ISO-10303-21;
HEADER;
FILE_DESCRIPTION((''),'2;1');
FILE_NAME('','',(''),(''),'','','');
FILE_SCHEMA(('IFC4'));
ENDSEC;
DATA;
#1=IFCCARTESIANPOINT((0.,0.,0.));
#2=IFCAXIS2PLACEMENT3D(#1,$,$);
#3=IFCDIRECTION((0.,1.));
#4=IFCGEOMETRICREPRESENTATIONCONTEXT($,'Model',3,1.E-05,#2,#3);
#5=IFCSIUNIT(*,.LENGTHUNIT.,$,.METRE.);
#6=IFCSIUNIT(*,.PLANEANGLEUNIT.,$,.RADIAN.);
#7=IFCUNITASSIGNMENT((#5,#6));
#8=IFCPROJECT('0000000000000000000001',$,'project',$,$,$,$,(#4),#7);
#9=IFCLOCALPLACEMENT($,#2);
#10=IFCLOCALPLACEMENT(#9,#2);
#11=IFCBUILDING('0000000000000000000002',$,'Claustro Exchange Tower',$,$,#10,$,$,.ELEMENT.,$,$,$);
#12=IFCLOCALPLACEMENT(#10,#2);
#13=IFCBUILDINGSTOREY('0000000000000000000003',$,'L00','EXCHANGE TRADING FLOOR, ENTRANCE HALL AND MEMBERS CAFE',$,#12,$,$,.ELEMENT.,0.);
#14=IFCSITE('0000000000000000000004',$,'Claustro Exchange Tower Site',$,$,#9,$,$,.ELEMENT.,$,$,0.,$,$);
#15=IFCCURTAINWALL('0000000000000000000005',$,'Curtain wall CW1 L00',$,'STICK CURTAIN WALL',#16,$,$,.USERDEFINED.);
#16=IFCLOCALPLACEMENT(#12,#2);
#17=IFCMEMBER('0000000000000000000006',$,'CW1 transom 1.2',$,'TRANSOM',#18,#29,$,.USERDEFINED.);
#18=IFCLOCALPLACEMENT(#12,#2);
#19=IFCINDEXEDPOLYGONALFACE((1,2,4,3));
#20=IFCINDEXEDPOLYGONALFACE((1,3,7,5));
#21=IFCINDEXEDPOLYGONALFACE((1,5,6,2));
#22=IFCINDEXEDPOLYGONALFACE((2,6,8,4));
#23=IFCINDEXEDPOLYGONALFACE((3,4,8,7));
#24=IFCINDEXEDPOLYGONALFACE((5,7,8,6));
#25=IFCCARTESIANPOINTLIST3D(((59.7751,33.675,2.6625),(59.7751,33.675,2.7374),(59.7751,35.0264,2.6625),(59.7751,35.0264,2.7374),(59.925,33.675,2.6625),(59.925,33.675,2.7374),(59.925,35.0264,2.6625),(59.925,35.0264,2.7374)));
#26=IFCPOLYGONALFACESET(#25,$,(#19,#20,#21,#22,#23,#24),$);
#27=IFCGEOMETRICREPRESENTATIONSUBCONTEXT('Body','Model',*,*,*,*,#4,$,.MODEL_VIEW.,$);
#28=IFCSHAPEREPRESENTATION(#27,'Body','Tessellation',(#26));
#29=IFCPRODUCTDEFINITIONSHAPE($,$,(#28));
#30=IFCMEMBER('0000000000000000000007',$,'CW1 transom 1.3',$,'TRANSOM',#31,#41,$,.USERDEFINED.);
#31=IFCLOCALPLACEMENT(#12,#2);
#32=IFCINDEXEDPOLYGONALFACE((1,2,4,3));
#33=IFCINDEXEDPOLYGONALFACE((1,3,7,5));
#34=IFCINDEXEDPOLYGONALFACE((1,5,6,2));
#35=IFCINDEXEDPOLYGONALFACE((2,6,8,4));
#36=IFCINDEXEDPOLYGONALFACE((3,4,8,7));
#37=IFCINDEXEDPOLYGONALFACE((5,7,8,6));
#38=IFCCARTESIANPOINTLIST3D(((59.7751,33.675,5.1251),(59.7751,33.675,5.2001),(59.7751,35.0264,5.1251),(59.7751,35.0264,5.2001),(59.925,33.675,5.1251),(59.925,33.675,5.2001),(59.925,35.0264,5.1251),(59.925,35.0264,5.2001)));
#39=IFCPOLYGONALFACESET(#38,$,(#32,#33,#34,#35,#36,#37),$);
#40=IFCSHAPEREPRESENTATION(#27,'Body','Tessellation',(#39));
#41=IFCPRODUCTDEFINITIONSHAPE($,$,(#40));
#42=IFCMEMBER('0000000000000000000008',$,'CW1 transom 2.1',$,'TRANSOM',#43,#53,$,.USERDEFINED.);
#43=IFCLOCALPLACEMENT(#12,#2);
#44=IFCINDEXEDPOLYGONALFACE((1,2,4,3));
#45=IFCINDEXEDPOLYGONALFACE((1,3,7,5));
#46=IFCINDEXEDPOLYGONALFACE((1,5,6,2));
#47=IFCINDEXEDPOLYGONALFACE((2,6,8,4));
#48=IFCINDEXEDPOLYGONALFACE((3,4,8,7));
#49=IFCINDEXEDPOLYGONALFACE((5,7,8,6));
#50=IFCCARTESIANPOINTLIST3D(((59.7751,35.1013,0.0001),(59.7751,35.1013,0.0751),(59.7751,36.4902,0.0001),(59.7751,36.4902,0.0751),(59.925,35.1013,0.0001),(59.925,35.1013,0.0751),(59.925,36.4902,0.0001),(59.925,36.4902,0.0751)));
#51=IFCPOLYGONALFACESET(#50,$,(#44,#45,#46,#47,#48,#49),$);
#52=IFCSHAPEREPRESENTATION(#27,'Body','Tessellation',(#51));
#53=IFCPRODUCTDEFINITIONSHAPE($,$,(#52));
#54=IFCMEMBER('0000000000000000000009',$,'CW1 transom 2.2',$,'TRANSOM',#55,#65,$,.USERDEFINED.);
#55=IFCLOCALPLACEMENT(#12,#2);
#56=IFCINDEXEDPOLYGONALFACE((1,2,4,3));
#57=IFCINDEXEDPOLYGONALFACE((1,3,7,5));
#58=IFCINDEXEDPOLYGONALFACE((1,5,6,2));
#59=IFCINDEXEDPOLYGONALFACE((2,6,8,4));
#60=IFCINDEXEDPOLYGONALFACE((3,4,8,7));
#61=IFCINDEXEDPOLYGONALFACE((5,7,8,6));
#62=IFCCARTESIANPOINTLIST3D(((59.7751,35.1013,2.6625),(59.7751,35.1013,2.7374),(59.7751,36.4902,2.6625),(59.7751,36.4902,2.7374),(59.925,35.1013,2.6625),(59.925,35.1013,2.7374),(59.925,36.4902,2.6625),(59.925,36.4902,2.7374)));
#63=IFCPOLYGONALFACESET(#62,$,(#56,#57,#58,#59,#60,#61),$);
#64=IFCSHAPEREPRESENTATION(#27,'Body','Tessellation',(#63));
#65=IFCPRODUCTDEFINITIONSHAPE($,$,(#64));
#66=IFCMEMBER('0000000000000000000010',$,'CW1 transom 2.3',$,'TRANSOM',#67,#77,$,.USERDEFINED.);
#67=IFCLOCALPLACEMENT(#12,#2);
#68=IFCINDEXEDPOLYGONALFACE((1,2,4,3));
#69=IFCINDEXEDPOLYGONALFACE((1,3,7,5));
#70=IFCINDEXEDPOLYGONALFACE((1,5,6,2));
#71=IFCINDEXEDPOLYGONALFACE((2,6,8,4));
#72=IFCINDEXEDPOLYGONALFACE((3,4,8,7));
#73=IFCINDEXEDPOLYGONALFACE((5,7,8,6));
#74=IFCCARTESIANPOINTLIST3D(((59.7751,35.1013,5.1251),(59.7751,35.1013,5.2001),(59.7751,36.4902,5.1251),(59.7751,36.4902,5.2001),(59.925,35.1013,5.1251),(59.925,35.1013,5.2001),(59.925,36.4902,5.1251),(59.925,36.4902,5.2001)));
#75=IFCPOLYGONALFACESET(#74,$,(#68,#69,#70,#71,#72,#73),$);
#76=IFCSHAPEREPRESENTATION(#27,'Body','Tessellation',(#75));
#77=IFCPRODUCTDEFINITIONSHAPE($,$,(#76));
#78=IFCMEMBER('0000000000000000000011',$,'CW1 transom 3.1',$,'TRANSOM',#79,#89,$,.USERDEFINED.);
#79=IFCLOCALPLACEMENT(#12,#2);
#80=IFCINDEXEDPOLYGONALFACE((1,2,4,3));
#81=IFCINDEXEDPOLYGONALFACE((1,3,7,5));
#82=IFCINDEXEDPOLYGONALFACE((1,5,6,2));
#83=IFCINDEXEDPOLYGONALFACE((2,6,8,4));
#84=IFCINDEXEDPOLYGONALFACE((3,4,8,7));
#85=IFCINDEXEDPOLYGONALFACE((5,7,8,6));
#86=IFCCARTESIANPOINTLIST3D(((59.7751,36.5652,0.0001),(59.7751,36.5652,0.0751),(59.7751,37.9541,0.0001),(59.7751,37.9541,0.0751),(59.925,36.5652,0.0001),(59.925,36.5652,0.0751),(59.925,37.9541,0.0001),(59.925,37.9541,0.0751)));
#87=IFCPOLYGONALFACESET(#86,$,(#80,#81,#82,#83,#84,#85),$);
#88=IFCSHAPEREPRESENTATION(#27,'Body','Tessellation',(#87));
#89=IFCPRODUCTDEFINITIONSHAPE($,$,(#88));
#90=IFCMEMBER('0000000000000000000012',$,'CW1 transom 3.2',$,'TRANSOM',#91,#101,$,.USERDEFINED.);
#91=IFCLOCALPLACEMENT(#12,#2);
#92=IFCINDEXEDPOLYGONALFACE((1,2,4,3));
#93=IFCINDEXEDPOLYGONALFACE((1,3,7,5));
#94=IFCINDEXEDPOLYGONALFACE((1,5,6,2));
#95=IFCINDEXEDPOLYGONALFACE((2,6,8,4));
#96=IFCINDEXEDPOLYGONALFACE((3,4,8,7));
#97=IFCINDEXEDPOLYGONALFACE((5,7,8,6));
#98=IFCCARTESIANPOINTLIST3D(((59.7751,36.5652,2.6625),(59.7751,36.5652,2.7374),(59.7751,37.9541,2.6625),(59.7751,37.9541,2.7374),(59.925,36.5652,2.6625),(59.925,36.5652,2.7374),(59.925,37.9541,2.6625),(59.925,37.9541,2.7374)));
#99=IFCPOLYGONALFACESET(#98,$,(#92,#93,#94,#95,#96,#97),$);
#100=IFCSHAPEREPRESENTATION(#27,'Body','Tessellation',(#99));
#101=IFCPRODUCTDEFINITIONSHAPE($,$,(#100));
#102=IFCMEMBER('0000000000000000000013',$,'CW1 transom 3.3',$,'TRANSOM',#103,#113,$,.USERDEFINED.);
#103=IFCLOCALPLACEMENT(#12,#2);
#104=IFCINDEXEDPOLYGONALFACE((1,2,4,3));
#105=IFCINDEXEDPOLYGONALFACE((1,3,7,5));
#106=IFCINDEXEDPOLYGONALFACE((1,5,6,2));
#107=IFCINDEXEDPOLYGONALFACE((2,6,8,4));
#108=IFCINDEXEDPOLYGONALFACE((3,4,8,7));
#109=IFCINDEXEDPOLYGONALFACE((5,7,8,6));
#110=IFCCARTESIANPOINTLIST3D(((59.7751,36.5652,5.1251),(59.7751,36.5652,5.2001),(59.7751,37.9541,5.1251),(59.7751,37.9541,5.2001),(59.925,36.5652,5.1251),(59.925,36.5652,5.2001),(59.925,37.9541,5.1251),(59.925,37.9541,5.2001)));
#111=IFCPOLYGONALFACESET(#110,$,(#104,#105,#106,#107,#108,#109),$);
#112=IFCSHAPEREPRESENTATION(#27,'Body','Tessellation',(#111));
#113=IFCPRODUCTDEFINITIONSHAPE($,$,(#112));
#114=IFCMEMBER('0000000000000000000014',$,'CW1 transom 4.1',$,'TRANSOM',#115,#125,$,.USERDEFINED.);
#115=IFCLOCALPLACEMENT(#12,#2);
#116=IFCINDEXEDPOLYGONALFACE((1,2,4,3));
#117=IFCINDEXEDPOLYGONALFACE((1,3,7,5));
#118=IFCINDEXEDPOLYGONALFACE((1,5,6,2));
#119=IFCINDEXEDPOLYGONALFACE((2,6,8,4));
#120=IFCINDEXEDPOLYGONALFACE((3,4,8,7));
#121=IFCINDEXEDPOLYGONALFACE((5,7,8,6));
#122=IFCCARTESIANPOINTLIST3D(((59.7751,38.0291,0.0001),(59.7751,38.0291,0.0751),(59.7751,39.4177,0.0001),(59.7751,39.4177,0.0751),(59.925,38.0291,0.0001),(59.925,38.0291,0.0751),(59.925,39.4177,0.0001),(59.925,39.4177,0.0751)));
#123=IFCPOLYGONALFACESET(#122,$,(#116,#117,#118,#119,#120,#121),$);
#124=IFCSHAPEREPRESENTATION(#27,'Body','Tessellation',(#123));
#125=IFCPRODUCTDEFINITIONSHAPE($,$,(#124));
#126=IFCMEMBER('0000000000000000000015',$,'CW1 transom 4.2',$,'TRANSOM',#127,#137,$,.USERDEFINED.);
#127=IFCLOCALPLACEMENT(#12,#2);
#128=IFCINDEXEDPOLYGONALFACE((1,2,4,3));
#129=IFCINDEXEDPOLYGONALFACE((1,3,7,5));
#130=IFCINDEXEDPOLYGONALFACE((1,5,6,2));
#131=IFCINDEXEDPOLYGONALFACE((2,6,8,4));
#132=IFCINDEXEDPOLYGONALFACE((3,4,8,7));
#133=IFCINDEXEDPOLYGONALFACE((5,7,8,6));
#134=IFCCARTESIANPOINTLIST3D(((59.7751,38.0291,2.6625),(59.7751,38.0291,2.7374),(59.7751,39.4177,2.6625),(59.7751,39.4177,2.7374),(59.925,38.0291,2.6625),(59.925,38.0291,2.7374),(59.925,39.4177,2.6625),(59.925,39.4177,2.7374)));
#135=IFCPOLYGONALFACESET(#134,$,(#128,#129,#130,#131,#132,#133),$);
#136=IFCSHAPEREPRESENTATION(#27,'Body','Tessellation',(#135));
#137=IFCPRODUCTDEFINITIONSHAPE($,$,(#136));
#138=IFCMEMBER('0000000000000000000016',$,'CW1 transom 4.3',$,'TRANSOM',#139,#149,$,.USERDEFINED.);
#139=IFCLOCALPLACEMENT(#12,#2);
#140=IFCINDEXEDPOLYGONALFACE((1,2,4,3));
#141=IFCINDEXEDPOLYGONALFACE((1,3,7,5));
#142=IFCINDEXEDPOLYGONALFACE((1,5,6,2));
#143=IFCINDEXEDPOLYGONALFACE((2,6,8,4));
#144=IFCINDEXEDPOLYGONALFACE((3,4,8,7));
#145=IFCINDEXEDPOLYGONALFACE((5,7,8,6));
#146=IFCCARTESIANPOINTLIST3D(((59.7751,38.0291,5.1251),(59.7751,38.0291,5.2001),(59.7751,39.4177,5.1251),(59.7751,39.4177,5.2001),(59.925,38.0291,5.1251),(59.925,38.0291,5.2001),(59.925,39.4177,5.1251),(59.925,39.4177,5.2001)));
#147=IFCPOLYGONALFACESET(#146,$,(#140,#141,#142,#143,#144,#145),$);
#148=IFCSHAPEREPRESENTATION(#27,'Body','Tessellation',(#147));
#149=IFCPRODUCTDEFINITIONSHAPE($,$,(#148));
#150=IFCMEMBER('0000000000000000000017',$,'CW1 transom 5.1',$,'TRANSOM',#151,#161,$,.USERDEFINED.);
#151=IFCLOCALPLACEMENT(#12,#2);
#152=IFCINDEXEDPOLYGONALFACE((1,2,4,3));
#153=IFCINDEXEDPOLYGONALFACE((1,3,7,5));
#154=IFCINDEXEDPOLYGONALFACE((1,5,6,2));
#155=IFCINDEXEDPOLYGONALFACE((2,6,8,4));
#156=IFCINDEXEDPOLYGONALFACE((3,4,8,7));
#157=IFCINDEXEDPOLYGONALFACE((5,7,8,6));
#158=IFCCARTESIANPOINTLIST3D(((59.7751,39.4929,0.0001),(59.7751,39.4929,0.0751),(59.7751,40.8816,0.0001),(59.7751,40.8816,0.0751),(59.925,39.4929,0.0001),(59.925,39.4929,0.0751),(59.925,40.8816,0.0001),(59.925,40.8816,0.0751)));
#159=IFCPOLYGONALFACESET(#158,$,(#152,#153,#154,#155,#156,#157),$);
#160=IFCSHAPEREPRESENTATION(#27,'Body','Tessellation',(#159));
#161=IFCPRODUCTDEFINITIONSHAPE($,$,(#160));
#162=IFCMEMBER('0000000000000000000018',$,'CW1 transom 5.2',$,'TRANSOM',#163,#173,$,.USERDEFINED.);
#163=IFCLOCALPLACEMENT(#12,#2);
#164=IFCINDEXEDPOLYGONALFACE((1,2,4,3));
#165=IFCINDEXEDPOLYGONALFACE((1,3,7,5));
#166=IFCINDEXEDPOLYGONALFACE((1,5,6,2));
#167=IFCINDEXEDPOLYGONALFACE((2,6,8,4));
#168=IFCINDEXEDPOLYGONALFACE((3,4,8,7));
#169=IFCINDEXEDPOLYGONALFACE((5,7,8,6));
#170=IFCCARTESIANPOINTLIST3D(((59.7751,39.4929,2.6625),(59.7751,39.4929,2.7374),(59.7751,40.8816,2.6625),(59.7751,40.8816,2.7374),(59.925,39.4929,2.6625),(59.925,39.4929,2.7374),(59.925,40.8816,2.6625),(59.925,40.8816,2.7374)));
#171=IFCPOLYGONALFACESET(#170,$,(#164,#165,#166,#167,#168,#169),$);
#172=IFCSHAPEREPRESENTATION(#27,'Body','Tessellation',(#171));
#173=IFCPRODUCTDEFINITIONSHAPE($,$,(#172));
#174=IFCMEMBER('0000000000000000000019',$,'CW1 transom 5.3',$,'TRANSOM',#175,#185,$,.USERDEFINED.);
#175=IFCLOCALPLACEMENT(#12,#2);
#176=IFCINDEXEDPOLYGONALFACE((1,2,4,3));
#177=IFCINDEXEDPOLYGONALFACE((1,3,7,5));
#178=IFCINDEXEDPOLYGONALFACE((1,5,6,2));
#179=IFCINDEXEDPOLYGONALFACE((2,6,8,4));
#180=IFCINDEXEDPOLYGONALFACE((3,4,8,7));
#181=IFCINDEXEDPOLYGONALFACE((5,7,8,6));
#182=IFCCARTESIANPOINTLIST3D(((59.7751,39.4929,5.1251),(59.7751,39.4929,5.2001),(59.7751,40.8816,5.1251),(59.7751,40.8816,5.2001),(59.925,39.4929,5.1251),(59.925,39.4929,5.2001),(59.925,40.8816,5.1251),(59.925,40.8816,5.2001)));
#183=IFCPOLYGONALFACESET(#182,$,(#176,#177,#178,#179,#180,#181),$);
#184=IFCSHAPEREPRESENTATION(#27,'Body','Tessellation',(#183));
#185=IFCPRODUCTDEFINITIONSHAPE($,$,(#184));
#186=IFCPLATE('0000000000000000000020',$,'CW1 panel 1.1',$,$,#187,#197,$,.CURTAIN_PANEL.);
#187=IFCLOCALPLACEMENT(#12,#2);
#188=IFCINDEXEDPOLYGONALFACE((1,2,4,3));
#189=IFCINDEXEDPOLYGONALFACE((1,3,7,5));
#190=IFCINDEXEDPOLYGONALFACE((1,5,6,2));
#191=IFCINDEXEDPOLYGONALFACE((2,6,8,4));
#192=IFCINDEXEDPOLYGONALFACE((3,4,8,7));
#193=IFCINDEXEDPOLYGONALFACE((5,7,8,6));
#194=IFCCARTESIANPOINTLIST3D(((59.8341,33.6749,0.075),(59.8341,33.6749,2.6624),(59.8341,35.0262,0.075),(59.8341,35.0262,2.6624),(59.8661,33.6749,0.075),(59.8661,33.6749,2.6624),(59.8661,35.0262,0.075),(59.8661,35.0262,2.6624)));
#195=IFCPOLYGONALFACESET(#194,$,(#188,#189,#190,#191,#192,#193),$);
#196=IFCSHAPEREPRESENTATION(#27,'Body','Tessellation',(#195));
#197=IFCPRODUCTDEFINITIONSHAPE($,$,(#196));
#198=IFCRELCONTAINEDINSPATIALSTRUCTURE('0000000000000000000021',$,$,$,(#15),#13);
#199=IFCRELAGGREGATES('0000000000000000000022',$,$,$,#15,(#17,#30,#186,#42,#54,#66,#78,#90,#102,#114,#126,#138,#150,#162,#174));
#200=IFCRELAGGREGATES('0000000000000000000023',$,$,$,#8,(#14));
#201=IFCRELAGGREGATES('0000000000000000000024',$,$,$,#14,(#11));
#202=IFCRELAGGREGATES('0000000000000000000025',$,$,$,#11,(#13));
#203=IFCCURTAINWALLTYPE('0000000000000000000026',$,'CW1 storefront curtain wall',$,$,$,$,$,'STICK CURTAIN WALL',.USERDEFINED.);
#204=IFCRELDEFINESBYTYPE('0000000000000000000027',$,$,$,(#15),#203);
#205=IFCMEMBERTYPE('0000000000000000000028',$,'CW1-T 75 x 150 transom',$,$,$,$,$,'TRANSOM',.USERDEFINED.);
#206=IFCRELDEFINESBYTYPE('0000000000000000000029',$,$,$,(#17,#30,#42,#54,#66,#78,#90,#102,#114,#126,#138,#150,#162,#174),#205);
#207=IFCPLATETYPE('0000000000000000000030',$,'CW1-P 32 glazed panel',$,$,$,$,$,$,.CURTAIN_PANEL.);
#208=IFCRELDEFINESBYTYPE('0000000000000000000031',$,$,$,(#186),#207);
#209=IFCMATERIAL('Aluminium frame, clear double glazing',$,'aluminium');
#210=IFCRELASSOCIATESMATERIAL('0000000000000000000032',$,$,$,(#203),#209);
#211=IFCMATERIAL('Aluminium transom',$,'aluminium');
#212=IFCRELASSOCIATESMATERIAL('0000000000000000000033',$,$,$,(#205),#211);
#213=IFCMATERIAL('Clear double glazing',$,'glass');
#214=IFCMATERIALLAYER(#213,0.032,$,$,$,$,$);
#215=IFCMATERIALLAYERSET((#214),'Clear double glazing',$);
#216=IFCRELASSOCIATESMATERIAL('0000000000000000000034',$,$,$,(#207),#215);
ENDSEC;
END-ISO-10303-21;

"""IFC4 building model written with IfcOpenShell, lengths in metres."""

from ifc_helpers import new_model, si_unit, direction, frame, origin, origin_2d, place, context, subcontext, project, spatial, rectangle, extrude, material, layer, layer_set, material_profile, profile_set, type_object, element, aggregate, save


model = new_model("IFC4")

# Units and contexts
model_context = context("Model", 3, precision=1e-05, world=origin(), true_north=direction((0.0, 1.0)))
body_context = subcontext(model_context, "Body", "Model", "MODEL_VIEW")
ifc_project = project(units=[si_unit("LENGTHUNIT", "METRE"), si_unit("PLANEANGLEUNIT", "RADIAN")], contexts=[model_context])

# Site, building, storey
site_placement = place(None, origin())
site = spatial("IfcSite", under=ifc_project, at=site_placement, Name="Claustro Exchange Tower Site", CompositionType="ELEMENT", RefElevation=0.0)
building_placement = place(site_placement, origin())
building = spatial("IfcBuilding", under=site, at=building_placement, Name="Claustro Exchange Tower", CompositionType="ELEMENT")
storey_placement = place(building_placement, origin())
storey = spatial("IfcBuildingStorey", under=building, at=storey_placement, Name="L00", Description="EXCHANGE TRADING FLOOR, ENTRANCE HALL AND MEMBERS CAFE", CompositionType="ELEMENT", Elevation=0.0)

# Curtain wall, members, plate
ifc_material_1 = material(Name="Aluminium frame, clear double glazing", Category="aluminium")
curtain_wall_type = type_object("IfcCurtainWallType", Name="CW1 storefront curtain wall", ElementType="STICK CURTAIN WALL", PredefinedType="USERDEFINED", material=ifc_material_1)
curtain_wall_placement = place(storey_placement, origin())
curtain_wall = element("IfcCurtainWall", 1, at=curtain_wall_placement, inside=storey, type_object=curtain_wall_type, Name="Curtain wall CW1 L00", ObjectType="STICK CURTAIN WALL", PredefinedType="USERDEFINED")
ifc_material_2 = material(Name="Aluminium transom", Category="aluminium")
ifc_material_profile_1 = material_profile(ifc_material_2, rectangle(XDim=0.1499, YDim=0.075, at=origin_2d()), Name="CW1-T 75x150")
ifc_profile_set_1 = profile_set([ifc_material_profile_1], Name="Aluminium transom")
member_type_1 = type_object("IfcMemberType", Name="CW1-T 75 x 150 transom", ElementType="TRANSOM", PredefinedType="USERDEFINED", material=ifc_profile_set_1)
member_1_placement = place(storey_placement, frame((59.8501, 33.675, 2.7), z_axis=(0.0, 1.0, 0.0), x_axis=(-1.0, 0.0, 0.0)))
member_1 = element("IfcMember", 2, at=member_1_placement, type_object=member_type_1, Name="CW1 transom 1.2", ObjectType="TRANSOM", PredefinedType="USERDEFINED", context=body_context, shape_type="SweptSolid", body=[
    extrude(rectangle(XDim=0.1499, YDim=0.075, at=origin_2d()), origin(), (0.0, 0.0, 1.0), 1.3513),
])
member_2_placement = place(storey_placement, frame((59.8501, 33.675, 5.1626), z_axis=(0.0, 1.0, 0.0), x_axis=(-1.0, 0.0, 0.0)))
member_2 = element("IfcMember", 3, at=member_2_placement, type_object=member_type_1, Name="CW1 transom 1.3", ObjectType="TRANSOM", PredefinedType="USERDEFINED", context=body_context, shape_type="SweptSolid", body=[
    extrude(rectangle(XDim=0.1499, YDim=0.075, at=origin_2d()), origin(), (0.0, 0.0, 1.0), 1.3513),
])
member_3_placement = place(storey_placement, frame((59.8501, 35.1013, 0.0376), z_axis=(0.0, 1.0, 0.0), x_axis=(-1.0, 0.0, 0.0)))
member_3 = element("IfcMember", 4, at=member_3_placement, type_object=member_type_1, Name="CW1 transom 2.1", ObjectType="TRANSOM", PredefinedType="USERDEFINED", context=body_context, shape_type="SweptSolid", body=[
    extrude(rectangle(XDim=0.1499, YDim=0.075, at=origin_2d()), origin(), (0.0, 0.0, 1.0), 1.3889),
])
member_4_placement = place(storey_placement, frame((59.8501, 35.1013, 2.7), z_axis=(0.0, 1.0, 0.0), x_axis=(-1.0, 0.0, 0.0)))
member_4 = element("IfcMember", 5, at=member_4_placement, type_object=member_type_1, Name="CW1 transom 2.2", ObjectType="TRANSOM", PredefinedType="USERDEFINED", context=body_context, shape_type="SweptSolid", body=[
    extrude(rectangle(XDim=0.1499, YDim=0.075, at=origin_2d()), origin(), (0.0, 0.0, 1.0), 1.3889),
])
member_5_placement = place(storey_placement, frame((59.8501, 35.1013, 5.1626), z_axis=(0.0, 1.0, 0.0), x_axis=(-1.0, 0.0, 0.0)))
member_5 = element("IfcMember", 6, at=member_5_placement, type_object=member_type_1, Name="CW1 transom 2.3", ObjectType="TRANSOM", PredefinedType="USERDEFINED", context=body_context, shape_type="SweptSolid", body=[
    extrude(rectangle(XDim=0.1499, YDim=0.075, at=origin_2d()), origin(), (0.0, 0.0, 1.0), 1.3889),
])
member_6_placement = place(storey_placement, frame((59.8501, 36.5652, 0.0376), z_axis=(0.0, 1.0, 0.0), x_axis=(-1.0, 0.0, 0.0)))
member_6 = element("IfcMember", 7, at=member_6_placement, type_object=member_type_1, Name="CW1 transom 3.1", ObjectType="TRANSOM", PredefinedType="USERDEFINED", context=body_context, shape_type="SweptSolid", body=[
    extrude(rectangle(XDim=0.1499, YDim=0.075, at=origin_2d()), origin(), (0.0, 0.0, 1.0), 1.3889),
])
member_7_placement = place(storey_placement, frame((59.8501, 36.5652, 2.7), z_axis=(0.0, 1.0, 0.0), x_axis=(-1.0, 0.0, 0.0)))
member_7 = element("IfcMember", 8, at=member_7_placement, type_object=member_type_1, Name="CW1 transom 3.2", ObjectType="TRANSOM", PredefinedType="USERDEFINED", context=body_context, shape_type="SweptSolid", body=[
    extrude(rectangle(XDim=0.1499, YDim=0.075, at=origin_2d()), origin(), (0.0, 0.0, 1.0), 1.3889),
])
member_8_placement = place(storey_placement, frame((59.8501, 36.5652, 5.1626), z_axis=(0.0, 1.0, 0.0), x_axis=(-1.0, 0.0, 0.0)))
member_8 = element("IfcMember", 9, at=member_8_placement, type_object=member_type_1, Name="CW1 transom 3.3", ObjectType="TRANSOM", PredefinedType="USERDEFINED", context=body_context, shape_type="SweptSolid", body=[
    extrude(rectangle(XDim=0.1499, YDim=0.075, at=origin_2d()), origin(), (0.0, 0.0, 1.0), 1.3889),
])
member_9_placement = place(storey_placement, frame((59.8501, 38.0291, 0.0376), z_axis=(0.0, 1.0, 0.0), x_axis=(-1.0, 0.0, 0.0)))
member_9 = element("IfcMember", 10, at=member_9_placement, type_object=member_type_1, Name="CW1 transom 4.1", ObjectType="TRANSOM", PredefinedType="USERDEFINED", context=body_context, shape_type="SweptSolid", body=[
    extrude(rectangle(XDim=0.1499, YDim=0.075, at=origin_2d()), origin(), (0.0, 0.0, 1.0), 1.3887),
])
member_10_placement = place(storey_placement, frame((59.8501, 38.0291, 2.7), z_axis=(0.0, 1.0, 0.0), x_axis=(-1.0, 0.0, 0.0)))
member_10 = element("IfcMember", 11, at=member_10_placement, type_object=member_type_1, Name="CW1 transom 4.2", ObjectType="TRANSOM", PredefinedType="USERDEFINED", context=body_context, shape_type="SweptSolid", body=[
    extrude(rectangle(XDim=0.1499, YDim=0.075, at=origin_2d()), origin(), (0.0, 0.0, 1.0), 1.3887),
])
member_11_placement = place(storey_placement, frame((59.8501, 38.0291, 5.1626), z_axis=(0.0, 1.0, 0.0), x_axis=(-1.0, 0.0, 0.0)))
member_11 = element("IfcMember", 12, at=member_11_placement, type_object=member_type_1, Name="CW1 transom 4.3", ObjectType="TRANSOM", PredefinedType="USERDEFINED", context=body_context, shape_type="SweptSolid", body=[
    extrude(rectangle(XDim=0.1499, YDim=0.075, at=origin_2d()), origin(), (0.0, 0.0, 1.0), 1.3887),
])
member_12_placement = place(storey_placement, frame((59.8501, 39.4929, 0.0376), z_axis=(0.0, 1.0, 0.0), x_axis=(-1.0, 0.0, 0.0)))
member_12 = element("IfcMember", 13, at=member_12_placement, type_object=member_type_1, Name="CW1 transom 5.1", ObjectType="TRANSOM", PredefinedType="USERDEFINED", context=body_context, shape_type="SweptSolid", body=[
    extrude(rectangle(XDim=0.1499, YDim=0.075, at=origin_2d()), origin(), (0.0, 0.0, 1.0), 1.3887),
])
member_13_placement = place(storey_placement, frame((59.8501, 39.4929, 2.7), z_axis=(0.0, 1.0, 0.0), x_axis=(-1.0, 0.0, 0.0)))
member_13 = element("IfcMember", 14, at=member_13_placement, type_object=member_type_1, Name="CW1 transom 5.2", ObjectType="TRANSOM", PredefinedType="USERDEFINED", context=body_context, shape_type="SweptSolid", body=[
    extrude(rectangle(XDim=0.1499, YDim=0.075, at=origin_2d()), origin(), (0.0, 0.0, 1.0), 1.3887),
])
member_14_placement = place(storey_placement, frame((59.8501, 39.4929, 5.1626), z_axis=(0.0, 1.0, 0.0), x_axis=(-1.0, 0.0, 0.0)))
member_14 = element("IfcMember", 15, at=member_14_placement, type_object=member_type_1, Name="CW1 transom 5.3", ObjectType="TRANSOM", PredefinedType="USERDEFINED", context=body_context, shape_type="SweptSolid", body=[
    extrude(rectangle(XDim=0.1499, YDim=0.075, at=origin_2d()), origin(), (0.0, 0.0, 1.0), 1.3887),
])
ifc_material_3 = material(Name="Clear double glazing", Category="glass")
ifc_layer = layer(ifc_material_3, 0.032)
ifc_layer_set = layer_set([ifc_layer], Name="Clear double glazing")
plate_type = type_object("IfcPlateType", Name="CW1-P 32 glazed panel", PredefinedType="CURTAIN_PANEL", material=ifc_layer_set)
plate_1_placement = place(storey_placement, frame((59.8501, 34.3506, 0.075), z_axis=(0.0, 0.0, 1.0), x_axis=(0.0, 1.0, 0.0)))
plate_1 = element("IfcPlate", 16, at=plate_1_placement, type_object=plate_type, Name="CW1 panel 1.1", PredefinedType="CURTAIN_PANEL", context=body_context, shape_type="SweptSolid", body=[
    extrude(rectangle(XDim=1.3513, YDim=0.032, at=origin_2d()), origin(), (0.0, 0.0, 1.0), 2.5874),
])
aggregate(curtain_wall, [member_1, member_2, plate_1, member_3, member_4, member_5, member_6, member_7, member_8, member_9, member_10, member_11, member_12, member_13, member_14])

save(model, "model.ifc")
